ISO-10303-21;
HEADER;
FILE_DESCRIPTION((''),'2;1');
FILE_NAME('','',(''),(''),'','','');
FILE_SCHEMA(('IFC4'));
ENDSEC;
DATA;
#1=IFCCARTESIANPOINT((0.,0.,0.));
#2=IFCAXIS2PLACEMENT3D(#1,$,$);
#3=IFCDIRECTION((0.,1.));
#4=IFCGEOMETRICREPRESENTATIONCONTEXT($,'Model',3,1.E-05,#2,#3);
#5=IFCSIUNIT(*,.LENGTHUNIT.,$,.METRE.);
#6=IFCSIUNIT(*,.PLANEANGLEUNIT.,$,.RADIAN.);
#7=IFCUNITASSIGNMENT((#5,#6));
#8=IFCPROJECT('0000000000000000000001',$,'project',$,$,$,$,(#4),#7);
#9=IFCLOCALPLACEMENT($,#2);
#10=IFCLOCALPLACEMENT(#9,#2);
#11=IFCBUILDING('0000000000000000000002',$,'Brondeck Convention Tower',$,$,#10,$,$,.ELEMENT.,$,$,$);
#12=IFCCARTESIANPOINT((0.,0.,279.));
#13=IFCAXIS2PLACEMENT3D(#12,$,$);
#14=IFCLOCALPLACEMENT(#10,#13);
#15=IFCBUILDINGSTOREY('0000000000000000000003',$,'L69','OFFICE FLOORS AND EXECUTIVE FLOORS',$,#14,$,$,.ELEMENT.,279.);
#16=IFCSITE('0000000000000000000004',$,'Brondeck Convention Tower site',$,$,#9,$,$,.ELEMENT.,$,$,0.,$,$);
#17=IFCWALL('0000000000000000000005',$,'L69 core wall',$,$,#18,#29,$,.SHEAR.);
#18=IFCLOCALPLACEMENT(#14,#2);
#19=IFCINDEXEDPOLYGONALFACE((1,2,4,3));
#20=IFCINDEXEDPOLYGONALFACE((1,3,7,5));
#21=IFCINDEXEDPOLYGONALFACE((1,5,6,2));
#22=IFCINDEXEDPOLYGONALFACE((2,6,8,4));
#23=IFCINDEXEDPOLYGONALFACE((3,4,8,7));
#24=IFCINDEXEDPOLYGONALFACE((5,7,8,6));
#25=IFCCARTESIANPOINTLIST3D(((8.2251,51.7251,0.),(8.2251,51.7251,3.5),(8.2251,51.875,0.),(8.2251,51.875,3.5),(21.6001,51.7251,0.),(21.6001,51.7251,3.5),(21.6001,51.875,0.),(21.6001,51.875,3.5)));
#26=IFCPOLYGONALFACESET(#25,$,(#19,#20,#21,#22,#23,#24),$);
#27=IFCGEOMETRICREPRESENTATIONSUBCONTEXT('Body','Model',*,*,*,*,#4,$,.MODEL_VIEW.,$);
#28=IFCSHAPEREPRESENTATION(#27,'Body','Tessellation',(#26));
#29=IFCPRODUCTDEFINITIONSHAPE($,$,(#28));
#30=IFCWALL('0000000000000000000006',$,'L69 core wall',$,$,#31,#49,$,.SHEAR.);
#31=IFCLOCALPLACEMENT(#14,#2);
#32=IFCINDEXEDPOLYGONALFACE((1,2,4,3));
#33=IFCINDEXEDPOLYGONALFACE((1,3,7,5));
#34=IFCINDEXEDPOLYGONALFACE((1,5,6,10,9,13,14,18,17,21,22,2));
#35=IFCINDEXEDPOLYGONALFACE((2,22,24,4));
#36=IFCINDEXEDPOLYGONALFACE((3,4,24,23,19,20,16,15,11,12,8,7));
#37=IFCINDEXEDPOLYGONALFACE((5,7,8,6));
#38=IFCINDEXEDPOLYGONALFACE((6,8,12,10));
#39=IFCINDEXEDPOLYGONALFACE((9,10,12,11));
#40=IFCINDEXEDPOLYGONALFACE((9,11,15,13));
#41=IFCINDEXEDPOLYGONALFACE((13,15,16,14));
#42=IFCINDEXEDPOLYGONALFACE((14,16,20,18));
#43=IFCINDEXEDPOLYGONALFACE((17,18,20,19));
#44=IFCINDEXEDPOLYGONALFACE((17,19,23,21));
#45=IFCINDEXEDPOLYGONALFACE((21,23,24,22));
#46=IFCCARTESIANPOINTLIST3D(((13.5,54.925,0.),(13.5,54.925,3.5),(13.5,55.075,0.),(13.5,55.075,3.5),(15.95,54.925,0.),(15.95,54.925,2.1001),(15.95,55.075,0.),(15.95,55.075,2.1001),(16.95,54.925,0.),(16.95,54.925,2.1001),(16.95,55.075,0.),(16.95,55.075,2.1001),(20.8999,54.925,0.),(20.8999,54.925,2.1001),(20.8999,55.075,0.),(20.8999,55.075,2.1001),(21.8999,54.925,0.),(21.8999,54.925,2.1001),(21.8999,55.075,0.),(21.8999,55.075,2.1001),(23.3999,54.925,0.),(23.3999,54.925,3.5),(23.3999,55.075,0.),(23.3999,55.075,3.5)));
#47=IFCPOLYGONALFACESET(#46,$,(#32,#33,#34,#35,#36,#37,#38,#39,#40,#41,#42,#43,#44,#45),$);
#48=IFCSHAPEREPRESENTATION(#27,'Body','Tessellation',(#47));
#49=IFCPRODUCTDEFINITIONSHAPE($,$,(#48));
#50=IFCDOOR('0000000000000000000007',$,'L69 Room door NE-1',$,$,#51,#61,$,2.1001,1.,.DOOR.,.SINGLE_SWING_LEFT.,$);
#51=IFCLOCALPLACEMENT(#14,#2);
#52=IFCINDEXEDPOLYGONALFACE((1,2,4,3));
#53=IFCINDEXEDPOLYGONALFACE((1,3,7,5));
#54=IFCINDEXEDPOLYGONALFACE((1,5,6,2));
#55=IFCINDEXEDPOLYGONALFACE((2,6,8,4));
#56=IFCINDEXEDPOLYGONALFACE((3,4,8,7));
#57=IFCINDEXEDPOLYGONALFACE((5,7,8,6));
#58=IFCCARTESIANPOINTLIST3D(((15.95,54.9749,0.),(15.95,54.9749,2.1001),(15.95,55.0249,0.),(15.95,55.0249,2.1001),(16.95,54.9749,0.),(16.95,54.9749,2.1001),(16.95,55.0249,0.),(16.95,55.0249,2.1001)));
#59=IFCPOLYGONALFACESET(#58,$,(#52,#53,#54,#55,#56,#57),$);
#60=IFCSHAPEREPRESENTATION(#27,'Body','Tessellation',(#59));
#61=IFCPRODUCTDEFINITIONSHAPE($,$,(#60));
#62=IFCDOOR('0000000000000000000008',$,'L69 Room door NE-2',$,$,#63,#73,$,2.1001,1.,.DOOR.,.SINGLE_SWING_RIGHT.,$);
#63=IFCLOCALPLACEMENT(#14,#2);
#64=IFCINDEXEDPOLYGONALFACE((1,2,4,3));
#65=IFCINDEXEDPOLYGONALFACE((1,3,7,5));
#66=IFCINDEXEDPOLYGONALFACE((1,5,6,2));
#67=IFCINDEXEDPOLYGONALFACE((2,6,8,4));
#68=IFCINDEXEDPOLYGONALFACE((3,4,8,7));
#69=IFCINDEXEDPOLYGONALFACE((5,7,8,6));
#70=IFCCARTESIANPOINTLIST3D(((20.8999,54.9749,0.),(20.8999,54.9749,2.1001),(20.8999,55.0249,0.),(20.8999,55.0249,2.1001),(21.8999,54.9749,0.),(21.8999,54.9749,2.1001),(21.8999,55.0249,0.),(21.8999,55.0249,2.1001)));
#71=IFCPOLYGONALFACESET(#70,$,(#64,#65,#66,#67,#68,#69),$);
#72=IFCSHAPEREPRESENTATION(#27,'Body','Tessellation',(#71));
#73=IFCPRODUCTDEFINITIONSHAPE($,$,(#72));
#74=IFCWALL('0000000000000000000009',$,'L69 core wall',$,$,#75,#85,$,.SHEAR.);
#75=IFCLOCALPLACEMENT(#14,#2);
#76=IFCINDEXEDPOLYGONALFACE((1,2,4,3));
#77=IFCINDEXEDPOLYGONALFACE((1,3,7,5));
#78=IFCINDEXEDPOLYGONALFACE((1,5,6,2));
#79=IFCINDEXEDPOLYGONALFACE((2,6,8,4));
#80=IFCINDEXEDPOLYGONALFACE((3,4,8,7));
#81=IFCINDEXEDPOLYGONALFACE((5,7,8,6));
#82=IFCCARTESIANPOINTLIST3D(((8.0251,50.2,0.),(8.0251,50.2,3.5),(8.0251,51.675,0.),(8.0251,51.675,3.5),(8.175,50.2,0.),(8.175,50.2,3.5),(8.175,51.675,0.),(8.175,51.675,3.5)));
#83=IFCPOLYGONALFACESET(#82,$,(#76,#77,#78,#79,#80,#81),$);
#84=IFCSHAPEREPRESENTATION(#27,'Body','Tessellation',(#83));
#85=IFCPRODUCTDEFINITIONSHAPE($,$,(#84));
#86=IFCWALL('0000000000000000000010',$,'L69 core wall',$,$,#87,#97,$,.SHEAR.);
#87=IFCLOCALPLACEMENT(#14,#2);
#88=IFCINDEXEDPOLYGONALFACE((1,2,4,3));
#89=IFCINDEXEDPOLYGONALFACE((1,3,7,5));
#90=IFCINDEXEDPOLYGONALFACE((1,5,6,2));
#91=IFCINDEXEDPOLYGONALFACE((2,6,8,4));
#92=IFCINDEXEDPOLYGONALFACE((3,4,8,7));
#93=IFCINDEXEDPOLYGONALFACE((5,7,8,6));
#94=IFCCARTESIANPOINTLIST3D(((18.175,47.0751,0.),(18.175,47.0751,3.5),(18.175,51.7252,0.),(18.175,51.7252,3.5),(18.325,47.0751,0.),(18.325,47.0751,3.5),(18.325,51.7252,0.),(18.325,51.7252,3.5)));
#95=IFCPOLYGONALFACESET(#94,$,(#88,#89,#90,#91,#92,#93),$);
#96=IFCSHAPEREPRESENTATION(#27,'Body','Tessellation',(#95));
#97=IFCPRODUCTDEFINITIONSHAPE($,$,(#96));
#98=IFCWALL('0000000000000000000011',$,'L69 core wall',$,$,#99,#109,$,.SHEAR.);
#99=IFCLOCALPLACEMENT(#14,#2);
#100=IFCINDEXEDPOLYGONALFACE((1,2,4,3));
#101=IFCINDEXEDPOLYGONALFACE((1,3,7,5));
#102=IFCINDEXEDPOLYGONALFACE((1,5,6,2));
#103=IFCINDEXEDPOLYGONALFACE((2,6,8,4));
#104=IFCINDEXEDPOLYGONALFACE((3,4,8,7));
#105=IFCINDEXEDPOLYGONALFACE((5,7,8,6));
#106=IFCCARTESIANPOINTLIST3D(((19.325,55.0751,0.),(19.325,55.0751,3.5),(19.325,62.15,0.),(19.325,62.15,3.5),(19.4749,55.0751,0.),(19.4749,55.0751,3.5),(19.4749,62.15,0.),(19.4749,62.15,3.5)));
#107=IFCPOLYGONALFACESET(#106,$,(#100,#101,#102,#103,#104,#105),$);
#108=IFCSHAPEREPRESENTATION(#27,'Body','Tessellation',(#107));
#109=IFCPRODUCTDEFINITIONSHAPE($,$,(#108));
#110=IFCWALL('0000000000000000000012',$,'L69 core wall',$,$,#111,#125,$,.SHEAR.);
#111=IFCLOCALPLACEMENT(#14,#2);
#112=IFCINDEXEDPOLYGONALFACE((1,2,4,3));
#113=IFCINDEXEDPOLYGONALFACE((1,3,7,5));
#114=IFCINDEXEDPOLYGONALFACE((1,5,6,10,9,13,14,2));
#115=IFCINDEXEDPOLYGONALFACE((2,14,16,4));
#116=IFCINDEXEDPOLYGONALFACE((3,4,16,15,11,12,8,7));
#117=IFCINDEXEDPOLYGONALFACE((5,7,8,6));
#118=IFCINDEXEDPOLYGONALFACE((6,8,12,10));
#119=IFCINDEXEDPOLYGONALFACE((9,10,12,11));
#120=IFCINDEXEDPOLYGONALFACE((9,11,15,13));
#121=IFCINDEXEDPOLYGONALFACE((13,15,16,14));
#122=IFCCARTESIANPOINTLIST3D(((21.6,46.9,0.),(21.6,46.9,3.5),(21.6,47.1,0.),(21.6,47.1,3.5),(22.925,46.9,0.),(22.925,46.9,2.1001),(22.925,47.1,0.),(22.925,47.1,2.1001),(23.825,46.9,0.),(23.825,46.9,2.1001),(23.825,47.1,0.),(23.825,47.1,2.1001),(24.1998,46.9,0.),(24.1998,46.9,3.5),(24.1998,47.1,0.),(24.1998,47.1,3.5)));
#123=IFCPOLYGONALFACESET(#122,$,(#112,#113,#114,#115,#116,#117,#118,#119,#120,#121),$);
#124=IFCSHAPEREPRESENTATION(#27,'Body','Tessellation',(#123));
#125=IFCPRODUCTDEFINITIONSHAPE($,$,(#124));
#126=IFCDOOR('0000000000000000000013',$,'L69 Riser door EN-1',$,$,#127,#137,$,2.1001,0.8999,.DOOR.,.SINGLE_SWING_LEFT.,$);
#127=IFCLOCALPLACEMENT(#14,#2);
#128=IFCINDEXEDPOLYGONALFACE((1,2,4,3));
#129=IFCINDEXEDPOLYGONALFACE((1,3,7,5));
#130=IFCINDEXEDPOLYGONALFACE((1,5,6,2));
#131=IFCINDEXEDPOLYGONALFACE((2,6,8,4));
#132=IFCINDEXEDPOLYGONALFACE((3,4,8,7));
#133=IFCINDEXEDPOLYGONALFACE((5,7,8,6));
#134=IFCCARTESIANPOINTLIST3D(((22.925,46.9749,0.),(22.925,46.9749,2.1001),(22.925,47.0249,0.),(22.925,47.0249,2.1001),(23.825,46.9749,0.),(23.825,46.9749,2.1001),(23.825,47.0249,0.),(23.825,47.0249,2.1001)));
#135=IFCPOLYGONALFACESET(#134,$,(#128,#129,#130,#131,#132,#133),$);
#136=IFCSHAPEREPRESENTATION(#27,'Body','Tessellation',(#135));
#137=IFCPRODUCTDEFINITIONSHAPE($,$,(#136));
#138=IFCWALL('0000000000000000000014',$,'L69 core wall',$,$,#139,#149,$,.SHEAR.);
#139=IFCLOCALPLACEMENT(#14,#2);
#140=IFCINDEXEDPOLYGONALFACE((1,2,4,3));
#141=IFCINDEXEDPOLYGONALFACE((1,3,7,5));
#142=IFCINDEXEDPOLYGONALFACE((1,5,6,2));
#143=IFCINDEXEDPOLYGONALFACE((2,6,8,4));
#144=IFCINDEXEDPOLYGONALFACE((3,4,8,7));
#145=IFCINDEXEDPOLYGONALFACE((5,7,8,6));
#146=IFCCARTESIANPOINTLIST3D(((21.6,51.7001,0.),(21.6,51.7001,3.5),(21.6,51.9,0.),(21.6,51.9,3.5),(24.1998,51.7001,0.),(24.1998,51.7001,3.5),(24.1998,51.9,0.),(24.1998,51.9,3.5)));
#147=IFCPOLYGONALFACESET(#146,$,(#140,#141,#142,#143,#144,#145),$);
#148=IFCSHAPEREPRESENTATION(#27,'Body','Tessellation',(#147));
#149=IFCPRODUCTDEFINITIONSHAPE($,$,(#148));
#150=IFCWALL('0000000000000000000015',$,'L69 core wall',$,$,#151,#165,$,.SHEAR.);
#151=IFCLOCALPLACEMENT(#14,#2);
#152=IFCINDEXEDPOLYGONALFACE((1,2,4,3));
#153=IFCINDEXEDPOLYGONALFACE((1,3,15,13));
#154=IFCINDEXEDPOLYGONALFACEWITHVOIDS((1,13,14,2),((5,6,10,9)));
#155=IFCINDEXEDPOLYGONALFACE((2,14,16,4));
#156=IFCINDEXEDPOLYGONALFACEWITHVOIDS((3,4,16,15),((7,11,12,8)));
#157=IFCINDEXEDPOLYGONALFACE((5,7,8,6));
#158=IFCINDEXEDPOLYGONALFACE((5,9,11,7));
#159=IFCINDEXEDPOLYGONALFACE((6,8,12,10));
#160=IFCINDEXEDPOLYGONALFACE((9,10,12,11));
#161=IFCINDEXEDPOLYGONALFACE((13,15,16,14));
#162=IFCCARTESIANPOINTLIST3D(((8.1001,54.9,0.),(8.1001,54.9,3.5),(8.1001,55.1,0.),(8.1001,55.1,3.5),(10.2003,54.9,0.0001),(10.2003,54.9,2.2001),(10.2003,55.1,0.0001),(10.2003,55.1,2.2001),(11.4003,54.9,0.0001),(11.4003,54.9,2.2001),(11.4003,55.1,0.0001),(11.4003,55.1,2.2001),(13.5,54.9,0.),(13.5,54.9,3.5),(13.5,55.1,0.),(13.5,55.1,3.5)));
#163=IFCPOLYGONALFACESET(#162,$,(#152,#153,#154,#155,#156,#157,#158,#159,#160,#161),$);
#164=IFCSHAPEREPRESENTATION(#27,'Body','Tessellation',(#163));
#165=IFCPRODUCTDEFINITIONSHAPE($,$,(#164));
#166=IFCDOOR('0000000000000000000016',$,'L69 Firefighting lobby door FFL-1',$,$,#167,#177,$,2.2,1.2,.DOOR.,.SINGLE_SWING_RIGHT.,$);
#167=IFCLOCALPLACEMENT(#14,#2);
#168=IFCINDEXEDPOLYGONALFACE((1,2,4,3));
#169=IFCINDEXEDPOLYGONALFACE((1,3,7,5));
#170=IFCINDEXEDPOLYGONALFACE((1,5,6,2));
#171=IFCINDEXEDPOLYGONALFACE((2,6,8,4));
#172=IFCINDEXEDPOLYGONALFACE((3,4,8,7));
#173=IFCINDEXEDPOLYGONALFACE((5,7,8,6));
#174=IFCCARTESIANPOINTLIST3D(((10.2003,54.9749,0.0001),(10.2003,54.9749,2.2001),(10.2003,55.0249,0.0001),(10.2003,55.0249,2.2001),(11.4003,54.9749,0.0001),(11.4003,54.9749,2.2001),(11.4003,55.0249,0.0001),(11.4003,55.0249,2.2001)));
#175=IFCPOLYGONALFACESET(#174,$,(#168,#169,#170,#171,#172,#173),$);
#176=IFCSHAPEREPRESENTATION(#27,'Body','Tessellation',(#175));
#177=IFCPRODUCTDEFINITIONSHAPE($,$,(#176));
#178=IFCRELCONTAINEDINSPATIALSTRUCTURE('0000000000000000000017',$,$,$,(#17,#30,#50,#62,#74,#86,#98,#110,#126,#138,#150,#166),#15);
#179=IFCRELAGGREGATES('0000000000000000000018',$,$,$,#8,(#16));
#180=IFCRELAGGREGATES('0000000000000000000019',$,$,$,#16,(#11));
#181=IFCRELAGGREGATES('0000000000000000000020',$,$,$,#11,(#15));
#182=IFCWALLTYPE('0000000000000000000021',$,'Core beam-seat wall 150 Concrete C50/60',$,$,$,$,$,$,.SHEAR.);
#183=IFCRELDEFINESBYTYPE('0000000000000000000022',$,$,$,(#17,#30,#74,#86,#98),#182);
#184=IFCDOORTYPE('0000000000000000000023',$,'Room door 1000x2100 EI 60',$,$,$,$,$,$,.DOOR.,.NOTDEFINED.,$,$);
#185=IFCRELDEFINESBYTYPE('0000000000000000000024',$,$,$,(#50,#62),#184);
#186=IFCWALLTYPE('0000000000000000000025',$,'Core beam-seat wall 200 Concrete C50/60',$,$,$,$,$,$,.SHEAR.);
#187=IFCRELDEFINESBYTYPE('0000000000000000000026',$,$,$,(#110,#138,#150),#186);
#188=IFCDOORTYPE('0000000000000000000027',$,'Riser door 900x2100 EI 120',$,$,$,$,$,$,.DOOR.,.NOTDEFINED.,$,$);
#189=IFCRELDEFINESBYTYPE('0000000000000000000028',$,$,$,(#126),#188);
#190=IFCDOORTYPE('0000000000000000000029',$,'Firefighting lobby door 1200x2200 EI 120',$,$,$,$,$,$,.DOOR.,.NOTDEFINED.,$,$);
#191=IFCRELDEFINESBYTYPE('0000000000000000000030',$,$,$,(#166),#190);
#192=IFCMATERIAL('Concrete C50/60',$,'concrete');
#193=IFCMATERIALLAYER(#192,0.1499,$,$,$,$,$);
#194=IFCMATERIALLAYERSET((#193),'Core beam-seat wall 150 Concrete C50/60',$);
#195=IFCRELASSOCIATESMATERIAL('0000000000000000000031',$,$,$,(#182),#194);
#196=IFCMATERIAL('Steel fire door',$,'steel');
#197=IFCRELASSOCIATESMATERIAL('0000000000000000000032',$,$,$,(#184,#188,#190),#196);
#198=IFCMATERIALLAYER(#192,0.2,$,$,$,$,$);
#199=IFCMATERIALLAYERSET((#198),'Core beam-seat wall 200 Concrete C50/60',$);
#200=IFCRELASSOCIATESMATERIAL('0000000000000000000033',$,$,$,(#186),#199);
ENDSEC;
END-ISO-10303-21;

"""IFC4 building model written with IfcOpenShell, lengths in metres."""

from ifc_helpers import new_model, si_unit, direction, frame, frame_2d, origin, place, context, subcontext, project, spatial, rectangle, extrude, material, layer, layer_set, type_object, element, fill, save


model = new_model("IFC4")

# Units and contexts
model_context = context("Model", 3, precision=1e-05, world=origin(), true_north=direction((0.0, 1.0)))
body_context = subcontext(model_context, "Body", "Model", "MODEL_VIEW")
ifc_project = project(units=[si_unit("LENGTHUNIT", "METRE"), si_unit("PLANEANGLEUNIT", "RADIAN")], contexts=[model_context])

# Site, building, storey
site_placement = place(None, origin())
site = spatial("IfcSite", under=ifc_project, at=site_placement, Name="Brondeck Convention Tower site", CompositionType="ELEMENT", RefElevation=0.0)
building_placement = place(site_placement, origin())
building = spatial("IfcBuilding", under=site, at=building_placement, Name="Brondeck Convention Tower", CompositionType="ELEMENT")
storey_placement = place(building_placement, frame((0.0, 0.0, 279.0)))
storey = spatial("IfcBuildingStorey", under=building, at=storey_placement, Name="L69", Description="OFFICE FLOORS AND EXECUTIVE FLOORS", CompositionType="ELEMENT", Elevation=279.0)

# Wall
ifc_material_1 = material(Name="Concrete C50/60", Category="concrete")
ifc_layer_1 = layer(ifc_material_1, 0.1499)
ifc_layer_set_1 = layer_set([ifc_layer_1], Name="Core beam-seat wall 150 Concrete C50/60")
wall_type_1 = type_object("IfcWallType", Name="Core beam-seat wall 150 Concrete C50/60", PredefinedType="SHEAR", material=ifc_layer_set_1)
wall_1_placement = place(storey_placement, frame((8.2251, 51.8, 0.0), z_axis=(0.0, 0.0, 1.0), x_axis=(1.0, 0.0, 0.0)))
element("IfcWall", 1, at=wall_1_placement, inside=storey, type_object=wall_type_1, Name="L69 core wall", PredefinedType="SHEAR", context=body_context, shape_type="SweptSolid", body=[
    extrude(rectangle(XDim=13.375, YDim=0.1499, at=frame_2d((6.6875, 0.0))), origin(), (0.0, 0.0, 1.0), 3.5),
])

# Wall, openings, doors
wall_2_placement = place(storey_placement, frame((13.5, 55.0, 0.0), z_axis=(0.0, 0.0, 1.0), x_axis=(1.0, 0.0, 0.0)))
wall_2 = element("IfcWall", 2, at=wall_2_placement, inside=storey, type_object=wall_type_1, Name="L69 core wall", PredefinedType="SHEAR", context=body_context, shape_type="SweptSolid", body=[
    extrude(rectangle(XDim=9.8999, YDim=0.1499, at=frame_2d((4.95, 0.0))), origin(), (0.0, 0.0, 1.0), 3.5),
])
opening_1_placement = place(wall_2_placement, frame((2.45, 0.0, 0.0)))
opening_1 = element("IfcOpeningElement", 3, at=opening_1_placement, cuts=wall_2, PredefinedType="OPENING", context=body_context, shape_type="SweptSolid", body=[
    extrude(rectangle(XDim=1.0, YDim=2.1001, at=frame_2d((0.5, 1.05))), frame((0.0, 0.085, 0.0), z_axis=(0.0, -1.0, 0.0), x_axis=(1.0, 0.0, 0.0)), (0.0, 0.0, 1.0), 0.1699),
])
opening_2_placement = place(wall_2_placement, frame((7.3999, 0.0, 0.0)))
opening_2 = element("IfcOpeningElement", 4, at=opening_2_placement, cuts=wall_2, PredefinedType="OPENING", context=body_context, shape_type="SweptSolid", body=[
    extrude(rectangle(XDim=1.0, YDim=2.1001, at=frame_2d((0.5, 1.05))), frame((0.0, 0.085, 0.0), z_axis=(0.0, -1.0, 0.0), x_axis=(1.0, 0.0, 0.0)), (0.0, 0.0, 1.0), 0.1699),
])
ifc_material_2 = material(Name="Steel fire door", Category="steel")
door_type_1 = type_object("IfcDoorType", Name="Room door 1000x2100 EI 60", OperationType="NOTDEFINED", PredefinedType="DOOR", material=ifc_material_2)
door_1_placement = place(opening_1_placement, origin())
door_1 = element("IfcDoor", 5, at=door_1_placement, inside=storey, type_object=door_type_1, Name="L69 Room door NE-1", OperationType="SINGLE_SWING_LEFT", OverallHeight=2.1001, OverallWidth=1.0, PredefinedType="DOOR", context=body_context, shape_type="SweptSolid", body=[
    extrude(rectangle(XDim=1.0, YDim=2.1001, at=frame_2d((0.5, 1.05))), frame((0.0, 0.0249, 0.0), z_axis=(0.0, -1.0, 0.0), x_axis=(1.0, 0.0, 0.0)), (0.0, 0.0, 1.0), 0.05),
])
fill(opening_1, door_1)
door_2_placement = place(opening_2_placement, origin())
door_2 = element("IfcDoor", 6, at=door_2_placement, inside=storey, type_object=door_type_1, Name="L69 Room door NE-2", OperationType="SINGLE_SWING_RIGHT", OverallHeight=2.1001, OverallWidth=1.0, PredefinedType="DOOR", context=body_context, shape_type="SweptSolid", body=[
    extrude(rectangle(XDim=1.0, YDim=2.1001, at=frame_2d((0.5, 1.05))), frame((0.0, 0.0249, 0.0), z_axis=(0.0, -1.0, 0.0), x_axis=(1.0, 0.0, 0.0)), (0.0, 0.0, 1.0), 0.05),
])
fill(opening_2, door_2)

# Walls
wall_3_placement = place(storey_placement, frame((8.1001, 50.2, 0.0), z_axis=(0.0, 0.0, 1.0), x_axis=(0.0, 1.0, 0.0)))
element("IfcWall", 7, at=wall_3_placement, inside=storey, type_object=wall_type_1, Name="L69 core wall", PredefinedType="SHEAR", context=body_context, shape_type="SweptSolid", body=[
    extrude(rectangle(XDim=1.4751, YDim=0.1499, at=frame_2d((0.7375, 0.0))), origin(), (0.0, 0.0, 1.0), 3.5),
])
wall_4_placement = place(storey_placement, frame((18.25, 47.075, 0.0), z_axis=(0.0, 0.0, 1.0), x_axis=(0.0, 1.0, 0.0)))
element("IfcWall", 8, at=wall_4_placement, inside=storey, type_object=wall_type_1, Name="L69 core wall", PredefinedType="SHEAR", context=body_context, shape_type="SweptSolid", body=[
    extrude(rectangle(XDim=4.6501, YDim=0.1499, at=frame_2d((2.3252, 0.0))), origin(), (0.0, 0.0, 1.0), 3.5),
])
wall_5_placement = place(storey_placement, frame((19.3999, 55.075, 0.0), z_axis=(0.0, 0.0, 1.0), x_axis=(0.0, 1.0, 0.0)))
element("IfcWall", 9, at=wall_5_placement, inside=storey, type_object=wall_type_1, Name="L69 core wall", PredefinedType="SHEAR", context=body_context, shape_type="SweptSolid", body=[
    extrude(rectangle(XDim=7.075, YDim=0.1499, at=frame_2d((3.5376, 0.0))), origin(), (0.0, 0.0, 1.0), 3.5),
])

# Wall, opening, door
ifc_layer_2 = layer(ifc_material_1, 0.2)
ifc_layer_set_2 = layer_set([ifc_layer_2], Name="Core beam-seat wall 200 Concrete C50/60")
wall_type_2 = type_object("IfcWallType", Name="Core beam-seat wall 200 Concrete C50/60", PredefinedType="SHEAR", material=ifc_layer_set_2)
wall_6_placement = place(storey_placement, frame((21.6001, 47.0, 0.0), z_axis=(0.0, 0.0, 1.0), x_axis=(1.0, 0.0, 0.0)))
wall_6 = element("IfcWall", 10, at=wall_6_placement, inside=storey, type_object=wall_type_2, Name="L69 core wall", PredefinedType="SHEAR", context=body_context, shape_type="SweptSolid", body=[
    extrude(rectangle(XDim=2.5999, YDim=0.2, at=frame_2d((1.2998, 0.0))), origin(), (0.0, 0.0, 1.0), 3.5),
])
opening_3_placement = place(wall_6_placement, frame((1.325, 0.0, 0.0)))
opening_3 = element("IfcOpeningElement", 11, at=opening_3_placement, cuts=wall_6, PredefinedType="OPENING", context=body_context, shape_type="SweptSolid", body=[
    extrude(rectangle(XDim=0.8999, YDim=2.1001, at=frame_2d((0.45, 1.05))), frame((0.0, 0.1099, 0.0), z_axis=(0.0, -1.0, 0.0), x_axis=(1.0, 0.0, 0.0)), (0.0, 0.0, 1.0), 0.22),
])
door_type_2 = type_object("IfcDoorType", Name="Riser door 900x2100 EI 120", OperationType="NOTDEFINED", PredefinedType="DOOR", material=ifc_material_2)
door_3_placement = place(opening_3_placement, origin())
door_3 = element("IfcDoor", 12, at=door_3_placement, inside=storey, type_object=door_type_2, Name="L69 Riser door EN-1", OperationType="SINGLE_SWING_LEFT", OverallHeight=2.1001, OverallWidth=0.8999, PredefinedType="DOOR", context=body_context, shape_type="SweptSolid", body=[
    extrude(rectangle(XDim=0.8999, YDim=2.1001, at=frame_2d((0.45, 1.05))), frame((0.0, 0.0249, 0.0), z_axis=(0.0, -1.0, 0.0), x_axis=(1.0, 0.0, 0.0)), (0.0, 0.0, 1.0), 0.05),
])
fill(opening_3, door_3)

# Wall
wall_7_placement = place(storey_placement, frame((21.6001, 51.8, 0.0), z_axis=(0.0, 0.0, 1.0), x_axis=(1.0, 0.0, 0.0)))
element("IfcWall", 13, at=wall_7_placement, inside=storey, type_object=wall_type_2, Name="L69 core wall", PredefinedType="SHEAR", context=body_context, shape_type="SweptSolid", body=[
    extrude(rectangle(XDim=2.5999, YDim=0.2, at=frame_2d((1.2998, 0.0))), origin(), (0.0, 0.0, 1.0), 3.5),
])

# Wall, opening, door
wall_8_placement = place(storey_placement, frame((8.1001, 55.0, 0.0), z_axis=(0.0, 0.0, 1.0), x_axis=(1.0, 0.0, 0.0)))
wall_8 = element("IfcWall", 14, at=wall_8_placement, inside=storey, type_object=wall_type_2, Name="L69 core wall", PredefinedType="SHEAR", context=body_context, shape_type="SweptSolid", body=[
    extrude(rectangle(XDim=5.3999, YDim=0.2, at=frame_2d((2.7, 0.0))), origin(), (0.0, 0.0, 1.0), 3.5),
])
opening_4_placement = place(wall_8_placement, frame((2.1001, 0.0, 0.0)))
opening_4 = element("IfcOpeningElement", 15, at=opening_4_placement, cuts=wall_8, PredefinedType="OPENING", context=body_context, shape_type="SweptSolid", body=[
    extrude(rectangle(XDim=1.2, YDim=2.2, at=frame_2d((0.6001, 1.1001))), frame((0.0, 0.1099, 0.0), z_axis=(0.0, -1.0, 0.0), x_axis=(1.0, 0.0, 0.0)), (0.0, 0.0, 1.0), 0.22),
])
door_type_3 = type_object("IfcDoorType", Name="Firefighting lobby door 1200x2200 EI 120", OperationType="NOTDEFINED", PredefinedType="DOOR", material=ifc_material_2)
door_4_placement = place(opening_4_placement, origin())
door_4 = element("IfcDoor", 16, at=door_4_placement, inside=storey, type_object=door_type_3, Name="L69 Firefighting lobby door FFL-1", OperationType="SINGLE_SWING_RIGHT", OverallHeight=2.2, OverallWidth=1.2, PredefinedType="DOOR", context=body_context, shape_type="SweptSolid", body=[
    extrude(rectangle(XDim=1.2, YDim=2.2, at=frame_2d((0.6001, 1.1001))), frame((0.0, 0.0249, 0.0), z_axis=(0.0, -1.0, 0.0), x_axis=(1.0, 0.0, 0.0)), (0.0, 0.0, 1.0), 0.05),
])
fill(opening_4, door_4)

save(model, "model.ifc")
